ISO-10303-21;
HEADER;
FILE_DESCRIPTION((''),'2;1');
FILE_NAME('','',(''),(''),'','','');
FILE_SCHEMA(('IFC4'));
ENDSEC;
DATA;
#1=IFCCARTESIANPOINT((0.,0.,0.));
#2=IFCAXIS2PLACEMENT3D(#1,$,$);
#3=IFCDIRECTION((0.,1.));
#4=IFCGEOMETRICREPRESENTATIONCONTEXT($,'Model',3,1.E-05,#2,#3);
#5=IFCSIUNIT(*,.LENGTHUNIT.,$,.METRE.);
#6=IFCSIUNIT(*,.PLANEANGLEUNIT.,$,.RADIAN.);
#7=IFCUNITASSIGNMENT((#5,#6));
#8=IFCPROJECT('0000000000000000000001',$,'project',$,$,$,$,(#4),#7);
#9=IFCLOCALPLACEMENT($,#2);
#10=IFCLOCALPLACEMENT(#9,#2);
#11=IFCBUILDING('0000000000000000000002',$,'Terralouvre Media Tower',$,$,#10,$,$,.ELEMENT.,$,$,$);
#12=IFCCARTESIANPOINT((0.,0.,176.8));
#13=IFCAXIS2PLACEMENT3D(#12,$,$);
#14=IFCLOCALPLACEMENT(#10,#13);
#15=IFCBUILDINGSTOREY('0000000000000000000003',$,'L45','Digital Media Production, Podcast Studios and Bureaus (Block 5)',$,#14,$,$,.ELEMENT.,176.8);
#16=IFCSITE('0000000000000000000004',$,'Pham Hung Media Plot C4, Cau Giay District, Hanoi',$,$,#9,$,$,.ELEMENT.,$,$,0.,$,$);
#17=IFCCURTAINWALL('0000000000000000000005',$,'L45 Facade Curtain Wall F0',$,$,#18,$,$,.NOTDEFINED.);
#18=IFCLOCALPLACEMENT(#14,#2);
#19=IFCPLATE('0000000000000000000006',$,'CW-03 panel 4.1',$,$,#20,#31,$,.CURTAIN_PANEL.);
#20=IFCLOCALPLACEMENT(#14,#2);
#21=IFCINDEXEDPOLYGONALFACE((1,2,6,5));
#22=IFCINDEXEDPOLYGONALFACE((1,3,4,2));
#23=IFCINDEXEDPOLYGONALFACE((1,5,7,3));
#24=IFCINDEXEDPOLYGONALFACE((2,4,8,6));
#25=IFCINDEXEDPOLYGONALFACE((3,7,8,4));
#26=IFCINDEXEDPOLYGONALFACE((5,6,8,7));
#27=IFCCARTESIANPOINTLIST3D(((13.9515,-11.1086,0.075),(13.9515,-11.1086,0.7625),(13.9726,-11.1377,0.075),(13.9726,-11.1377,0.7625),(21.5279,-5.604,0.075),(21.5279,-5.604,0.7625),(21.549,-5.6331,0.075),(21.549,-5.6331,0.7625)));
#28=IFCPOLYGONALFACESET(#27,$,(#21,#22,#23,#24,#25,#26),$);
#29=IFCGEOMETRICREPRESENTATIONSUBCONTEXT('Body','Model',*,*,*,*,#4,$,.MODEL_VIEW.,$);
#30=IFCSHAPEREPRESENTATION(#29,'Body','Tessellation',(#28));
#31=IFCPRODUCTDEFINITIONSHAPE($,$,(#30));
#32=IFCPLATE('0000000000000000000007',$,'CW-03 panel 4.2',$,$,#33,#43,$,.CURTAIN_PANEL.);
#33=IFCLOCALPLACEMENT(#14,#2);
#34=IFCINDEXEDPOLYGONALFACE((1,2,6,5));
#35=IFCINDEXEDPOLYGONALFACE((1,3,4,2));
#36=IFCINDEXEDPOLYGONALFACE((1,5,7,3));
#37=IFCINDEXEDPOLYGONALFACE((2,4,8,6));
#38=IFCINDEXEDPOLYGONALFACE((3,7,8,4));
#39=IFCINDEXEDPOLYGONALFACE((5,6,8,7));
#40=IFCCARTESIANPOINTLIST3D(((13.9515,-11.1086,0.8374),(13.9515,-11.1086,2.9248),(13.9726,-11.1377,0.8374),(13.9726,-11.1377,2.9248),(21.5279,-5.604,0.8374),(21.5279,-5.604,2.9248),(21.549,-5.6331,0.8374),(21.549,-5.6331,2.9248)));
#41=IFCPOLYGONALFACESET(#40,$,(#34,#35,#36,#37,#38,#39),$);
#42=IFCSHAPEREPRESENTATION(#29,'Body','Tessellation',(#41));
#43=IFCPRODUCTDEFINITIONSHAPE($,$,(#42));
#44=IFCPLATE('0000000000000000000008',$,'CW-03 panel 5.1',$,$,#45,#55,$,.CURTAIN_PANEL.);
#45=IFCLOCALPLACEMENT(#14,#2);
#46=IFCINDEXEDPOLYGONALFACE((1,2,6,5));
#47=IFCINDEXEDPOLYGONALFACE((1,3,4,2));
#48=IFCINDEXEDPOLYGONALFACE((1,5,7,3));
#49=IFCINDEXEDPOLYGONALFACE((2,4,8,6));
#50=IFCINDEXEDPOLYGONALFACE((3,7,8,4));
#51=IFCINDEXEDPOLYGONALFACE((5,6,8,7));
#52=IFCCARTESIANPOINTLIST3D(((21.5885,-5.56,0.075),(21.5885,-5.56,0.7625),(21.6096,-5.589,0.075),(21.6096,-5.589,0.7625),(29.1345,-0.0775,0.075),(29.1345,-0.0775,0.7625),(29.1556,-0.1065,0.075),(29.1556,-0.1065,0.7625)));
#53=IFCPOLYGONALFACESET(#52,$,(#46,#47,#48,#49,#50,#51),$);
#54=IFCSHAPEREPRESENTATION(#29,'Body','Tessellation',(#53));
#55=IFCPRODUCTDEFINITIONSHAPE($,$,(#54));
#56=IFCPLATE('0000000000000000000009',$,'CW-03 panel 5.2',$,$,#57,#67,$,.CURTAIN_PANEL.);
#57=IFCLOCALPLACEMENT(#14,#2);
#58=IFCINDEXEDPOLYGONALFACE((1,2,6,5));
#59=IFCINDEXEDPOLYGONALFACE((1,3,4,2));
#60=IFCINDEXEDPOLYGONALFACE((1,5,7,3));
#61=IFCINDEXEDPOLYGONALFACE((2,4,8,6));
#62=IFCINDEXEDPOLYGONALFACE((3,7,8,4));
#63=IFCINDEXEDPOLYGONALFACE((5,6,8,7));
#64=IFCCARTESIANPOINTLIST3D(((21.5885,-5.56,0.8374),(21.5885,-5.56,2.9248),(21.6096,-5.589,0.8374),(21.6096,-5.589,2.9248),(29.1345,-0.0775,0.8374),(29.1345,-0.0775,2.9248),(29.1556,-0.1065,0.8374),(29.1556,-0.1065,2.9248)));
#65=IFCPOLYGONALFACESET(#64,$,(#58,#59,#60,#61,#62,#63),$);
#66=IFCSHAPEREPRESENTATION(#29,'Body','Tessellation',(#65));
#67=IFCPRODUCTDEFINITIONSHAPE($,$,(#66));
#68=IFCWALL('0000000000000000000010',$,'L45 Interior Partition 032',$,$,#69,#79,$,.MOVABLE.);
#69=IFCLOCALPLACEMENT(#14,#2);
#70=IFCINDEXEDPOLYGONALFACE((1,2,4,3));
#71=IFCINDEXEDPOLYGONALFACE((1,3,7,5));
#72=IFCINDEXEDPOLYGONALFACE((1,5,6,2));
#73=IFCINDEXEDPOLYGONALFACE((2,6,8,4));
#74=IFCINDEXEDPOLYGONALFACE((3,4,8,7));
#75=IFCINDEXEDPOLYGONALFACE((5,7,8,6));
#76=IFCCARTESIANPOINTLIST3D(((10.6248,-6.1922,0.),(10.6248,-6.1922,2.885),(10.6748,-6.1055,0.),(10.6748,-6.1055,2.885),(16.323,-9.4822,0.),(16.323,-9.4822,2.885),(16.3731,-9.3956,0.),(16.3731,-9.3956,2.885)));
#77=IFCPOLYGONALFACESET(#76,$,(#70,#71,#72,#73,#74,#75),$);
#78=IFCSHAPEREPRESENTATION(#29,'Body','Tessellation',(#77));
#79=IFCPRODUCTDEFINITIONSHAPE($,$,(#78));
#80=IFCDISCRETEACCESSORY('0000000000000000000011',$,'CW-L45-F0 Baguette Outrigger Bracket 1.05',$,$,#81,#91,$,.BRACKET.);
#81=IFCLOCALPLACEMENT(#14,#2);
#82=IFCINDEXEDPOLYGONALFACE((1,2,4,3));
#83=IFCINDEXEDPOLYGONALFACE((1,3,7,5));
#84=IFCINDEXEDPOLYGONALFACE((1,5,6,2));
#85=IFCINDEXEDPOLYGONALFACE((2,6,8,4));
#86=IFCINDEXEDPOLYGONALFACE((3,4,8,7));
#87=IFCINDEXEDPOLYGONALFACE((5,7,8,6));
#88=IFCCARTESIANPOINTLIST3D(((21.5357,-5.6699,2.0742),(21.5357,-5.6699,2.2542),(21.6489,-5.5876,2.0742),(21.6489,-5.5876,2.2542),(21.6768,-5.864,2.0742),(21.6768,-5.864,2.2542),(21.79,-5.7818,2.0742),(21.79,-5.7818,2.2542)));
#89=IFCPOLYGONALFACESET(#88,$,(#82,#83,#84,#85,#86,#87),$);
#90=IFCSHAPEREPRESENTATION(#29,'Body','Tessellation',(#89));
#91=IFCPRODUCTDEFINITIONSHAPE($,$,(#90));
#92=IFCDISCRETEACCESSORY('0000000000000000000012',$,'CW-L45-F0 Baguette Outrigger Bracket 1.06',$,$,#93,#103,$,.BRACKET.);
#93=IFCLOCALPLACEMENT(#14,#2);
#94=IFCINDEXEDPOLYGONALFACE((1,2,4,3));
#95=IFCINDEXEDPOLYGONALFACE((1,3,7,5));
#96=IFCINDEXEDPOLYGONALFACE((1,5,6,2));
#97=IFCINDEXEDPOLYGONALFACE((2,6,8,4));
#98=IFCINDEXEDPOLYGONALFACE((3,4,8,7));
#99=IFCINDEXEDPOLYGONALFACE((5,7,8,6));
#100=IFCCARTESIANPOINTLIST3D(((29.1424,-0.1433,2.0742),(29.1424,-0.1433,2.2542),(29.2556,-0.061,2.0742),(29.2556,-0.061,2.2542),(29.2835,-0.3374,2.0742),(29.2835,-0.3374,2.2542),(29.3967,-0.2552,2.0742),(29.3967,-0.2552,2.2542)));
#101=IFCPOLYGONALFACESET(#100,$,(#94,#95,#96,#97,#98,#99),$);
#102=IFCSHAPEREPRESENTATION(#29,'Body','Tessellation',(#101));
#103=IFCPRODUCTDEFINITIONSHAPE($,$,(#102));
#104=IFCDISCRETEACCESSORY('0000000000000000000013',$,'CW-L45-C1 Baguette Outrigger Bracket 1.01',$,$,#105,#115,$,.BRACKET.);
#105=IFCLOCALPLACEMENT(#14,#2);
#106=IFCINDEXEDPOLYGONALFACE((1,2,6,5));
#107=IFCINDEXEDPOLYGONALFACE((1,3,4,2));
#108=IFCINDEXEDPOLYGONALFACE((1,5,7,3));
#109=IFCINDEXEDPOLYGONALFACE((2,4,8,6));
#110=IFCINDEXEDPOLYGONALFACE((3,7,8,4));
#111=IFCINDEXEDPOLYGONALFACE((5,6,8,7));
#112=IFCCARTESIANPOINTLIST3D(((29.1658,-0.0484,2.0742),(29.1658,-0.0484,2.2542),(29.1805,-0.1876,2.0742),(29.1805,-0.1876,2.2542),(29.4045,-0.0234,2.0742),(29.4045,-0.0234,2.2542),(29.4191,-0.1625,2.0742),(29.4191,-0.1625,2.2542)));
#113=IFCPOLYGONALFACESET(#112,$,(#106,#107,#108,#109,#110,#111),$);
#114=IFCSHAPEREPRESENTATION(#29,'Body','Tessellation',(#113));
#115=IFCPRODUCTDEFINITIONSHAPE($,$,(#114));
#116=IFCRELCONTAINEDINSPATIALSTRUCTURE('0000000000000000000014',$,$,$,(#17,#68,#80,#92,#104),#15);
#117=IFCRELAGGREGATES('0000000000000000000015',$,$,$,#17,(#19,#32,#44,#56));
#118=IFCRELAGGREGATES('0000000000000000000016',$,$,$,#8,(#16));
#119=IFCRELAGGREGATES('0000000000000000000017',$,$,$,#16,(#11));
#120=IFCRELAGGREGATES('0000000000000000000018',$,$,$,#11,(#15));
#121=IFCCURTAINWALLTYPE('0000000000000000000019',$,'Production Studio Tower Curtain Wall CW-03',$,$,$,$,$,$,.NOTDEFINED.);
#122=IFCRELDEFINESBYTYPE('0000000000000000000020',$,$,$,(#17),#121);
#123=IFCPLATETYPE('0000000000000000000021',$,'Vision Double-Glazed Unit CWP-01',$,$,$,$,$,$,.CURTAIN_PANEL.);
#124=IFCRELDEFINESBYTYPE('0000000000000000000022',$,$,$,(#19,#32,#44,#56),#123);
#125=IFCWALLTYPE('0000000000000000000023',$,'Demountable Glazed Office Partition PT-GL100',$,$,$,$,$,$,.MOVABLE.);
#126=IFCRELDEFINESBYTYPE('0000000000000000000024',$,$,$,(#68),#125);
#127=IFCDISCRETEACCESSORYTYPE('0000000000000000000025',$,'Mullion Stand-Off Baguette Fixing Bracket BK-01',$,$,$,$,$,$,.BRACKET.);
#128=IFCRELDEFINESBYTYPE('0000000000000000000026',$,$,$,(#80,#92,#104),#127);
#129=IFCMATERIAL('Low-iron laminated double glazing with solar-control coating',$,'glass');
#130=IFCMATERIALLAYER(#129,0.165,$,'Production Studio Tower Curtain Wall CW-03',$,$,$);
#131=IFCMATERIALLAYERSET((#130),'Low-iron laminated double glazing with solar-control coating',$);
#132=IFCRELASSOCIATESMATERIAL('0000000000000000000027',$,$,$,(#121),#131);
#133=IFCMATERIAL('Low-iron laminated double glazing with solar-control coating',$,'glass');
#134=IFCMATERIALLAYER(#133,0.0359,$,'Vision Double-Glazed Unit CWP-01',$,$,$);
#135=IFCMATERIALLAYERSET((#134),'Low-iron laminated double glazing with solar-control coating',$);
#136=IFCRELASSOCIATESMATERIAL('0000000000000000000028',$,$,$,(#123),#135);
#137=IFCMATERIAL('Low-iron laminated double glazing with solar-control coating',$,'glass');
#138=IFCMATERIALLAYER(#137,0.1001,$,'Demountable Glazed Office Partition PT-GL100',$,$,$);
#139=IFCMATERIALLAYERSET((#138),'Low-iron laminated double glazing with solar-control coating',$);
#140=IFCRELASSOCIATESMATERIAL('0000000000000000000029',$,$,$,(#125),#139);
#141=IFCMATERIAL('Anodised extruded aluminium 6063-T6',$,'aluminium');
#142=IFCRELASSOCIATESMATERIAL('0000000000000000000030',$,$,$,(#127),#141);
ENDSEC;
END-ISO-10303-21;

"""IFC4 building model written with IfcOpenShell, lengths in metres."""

from ifc_helpers import new_model, si_unit, direction, frame, frame_2d, origin, origin_2d, place, context, subcontext, project, spatial, rectangle, extrude, material, layer, layer_set, type_object, element, aggregate, save


model = new_model("IFC4")

# Units and contexts
model_context = context("Model", 3, precision=1e-05, world=origin(), true_north=direction((0.0, 1.0)))
body_context = subcontext(model_context, "Body", "Model", "MODEL_VIEW")
ifc_project = project(units=[si_unit("LENGTHUNIT", "METRE"), si_unit("PLANEANGLEUNIT", "RADIAN")], contexts=[model_context])

# Site, building, storey
site_placement = place(None, origin())
site = spatial("IfcSite", under=ifc_project, at=site_placement, Name="Pham Hung Media Plot C4, Cau Giay District, Hanoi", CompositionType="ELEMENT", RefElevation=0.0)
building_placement = place(site_placement, origin())
building = spatial("IfcBuilding", under=site, at=building_placement, Name="Terralouvre Media Tower", CompositionType="ELEMENT")
storey_placement = place(building_placement, frame((0.0, 0.0, 176.8)))
storey = spatial("IfcBuildingStorey", under=building, at=storey_placement, Name="L45", Description="Digital Media Production, Podcast Studios and Bureaus (Block 5)", CompositionType="ELEMENT", Elevation=176.8)

# Curtain wall
ifc_material_1 = material(Name="Low-iron laminated double glazing with solar-control coating", Category="glass")
ifc_layer_1 = layer(ifc_material_1, 0.165, Name="Production Studio Tower Curtain Wall CW-03")
ifc_layer_set_1 = layer_set([ifc_layer_1], Name="Low-iron laminated double glazing with solar-control coating")
curtain_wall_type_1 = type_object("IfcCurtainWallType", Name="Production Studio Tower Curtain Wall CW-03", PredefinedType="NOTDEFINED", material=ifc_layer_set_1)
curtain_wall_1_placement = place(storey_placement, origin())
curtain_wall_1 = element("IfcCurtainWall", 1, at=curtain_wall_1_placement, inside=storey, type_object=curtain_wall_type_1, Name="L45 Facade Curtain Wall F0", PredefinedType="NOTDEFINED")

# Plates
ifc_material_2 = material(Name="Low-iron laminated double glazing with solar-control coating", Category="glass")
ifc_layer_2 = layer(ifc_material_2, 0.0359, Name="Vision Double-Glazed Unit CWP-01")
ifc_layer_set_2 = layer_set([ifc_layer_2], Name="Low-iron laminated double glazing with solar-control coating")
plate_type = type_object("IfcPlateType", Name="Vision Double-Glazed Unit CWP-01", PredefinedType="CURTAIN_PANEL", material=ifc_layer_set_2)
plate_1_placement = place(storey_placement, frame((17.7502, -8.3708, 0.075), z_axis=(0.0, 0.0, 1.0), x_axis=(0.809017, 0.587785, 0.0)))
plate_1 = element("IfcPlate", 2, at=plate_1_placement, type_object=plate_type, Name="CW-03 panel 4.1", PredefinedType="CURTAIN_PANEL", context=body_context, shape_type="SweptSolid", body=[
    extrude(rectangle(XDim=9.365, YDim=0.0359, at=origin_2d()), origin(), (0.0, 0.0, 1.0), 0.6875),
])
plate_2_placement = place(storey_placement, frame((17.7502, -8.3708, 0.8374), z_axis=(0.0, 0.0, 1.0), x_axis=(0.809017, 0.587785, 0.0)))
plate_2 = element("IfcPlate", 3, at=plate_2_placement, type_object=plate_type, Name="CW-03 panel 4.2", PredefinedType="CURTAIN_PANEL", context=body_context, shape_type="SweptSolid", body=[
    extrude(rectangle(XDim=9.365, YDim=0.0359, at=origin_2d()), origin(), (0.0, 0.0, 1.0), 2.0874),
])
plate_3_placement = place(storey_placement, frame((25.3721, -2.8333, 0.075), z_axis=(0.0, 0.0, 1.0), x_axis=(0.809017, 0.587785, 0.0)))
plate_3 = element("IfcPlate", 4, at=plate_3_placement, type_object=plate_type, Name="CW-03 panel 5.1", PredefinedType="CURTAIN_PANEL", context=body_context, shape_type="SweptSolid", body=[
    extrude(rectangle(XDim=9.3274, YDim=0.0359, at=origin_2d()), origin(), (0.0, 0.0, 1.0), 0.6875),
])
plate_4_placement = place(storey_placement, frame((25.3721, -2.8333, 0.8374), z_axis=(0.0, 0.0, 1.0), x_axis=(0.809017, 0.587785, 0.0)))
plate_4 = element("IfcPlate", 5, at=plate_4_placement, type_object=plate_type, Name="CW-03 panel 5.2", PredefinedType="CURTAIN_PANEL", context=body_context, shape_type="SweptSolid", body=[
    extrude(rectangle(XDim=9.3274, YDim=0.0359, at=origin_2d()), origin(), (0.0, 0.0, 1.0), 2.0874),
])
aggregate(curtain_wall_1, [plate_1, plate_2, plate_3, plate_4])

# Wall
ifc_material_3 = material(Name="Low-iron laminated double glazing with solar-control coating", Category="glass")
ifc_layer_3 = layer(ifc_material_3, 0.1001, Name="Demountable Glazed Office Partition PT-GL100")
ifc_layer_set_3 = layer_set([ifc_layer_3], Name="Low-iron laminated double glazing with solar-control coating")
wall_type = type_object("IfcWallType", Name="Demountable Glazed Office Partition PT-GL100", PredefinedType="MOVABLE", material=ifc_layer_set_3)
wall_placement = place(storey_placement, frame((16.3481, -9.439, 0.0), z_axis=(0.0, 0.0, 1.0), x_axis=(-0.866015, 0.500018, 0.0)))
element("IfcWall", 6, at=wall_placement, inside=storey, type_object=wall_type, Name="L45 Interior Partition 032", PredefinedType="MOVABLE", context=body_context, shape_type="SweptSolid", body=[
    extrude(rectangle(XDim=6.5798, YDim=0.1001, at=frame_2d((3.29, 0.0))), origin(), (0.0, 0.0, 1.0), 2.885),
])

# Discrete accessories
ifc_material_4 = material(Name="Anodised extruded aluminium 6063-T6", Category="aluminium")
discrete_accessory_type = type_object("IfcDiscreteAccessoryType", Name="Mullion Stand-Off Baguette Fixing Bracket BK-01", PredefinedType="BRACKET", material=ifc_material_4)
for number, where, z_axis, x_axis, name in (
    (7, (21.6628, -5.7258, 2.0742), (0.0, 0.0, 1.0), (0.809017, 0.587785, 0.0), "CW-L45-F0 Baguette Outrigger Bracket 1.05"),
    (8, (29.2695, -0.1992, 2.0742), (0.0, 0.0, 1.0), (0.809017, 0.587785, 0.0), "CW-L45-F0 Baguette Outrigger Bracket 1.06"),
    (9, (29.2925, -0.1055, 2.0742), (0.0, 0.0, 1.0), (-0.104529, 0.994522, 0.0), "CW-L45-C1 Baguette Outrigger Bracket 1.01"),
):
    element("IfcDiscreteAccessory", number, at=place(storey_placement, frame(where, z_axis=z_axis, x_axis=x_axis)), inside=storey, type_object=discrete_accessory_type, Name=name, PredefinedType="BRACKET", context=body_context, shape_type="SweptSolid", body=[
        extrude(rectangle(XDim=0.1399, YDim=0.24, at=origin_2d()), origin(), (0.0, 0.0, 1.0), 0.1799),
    ])

save(model, "model.ifc")
